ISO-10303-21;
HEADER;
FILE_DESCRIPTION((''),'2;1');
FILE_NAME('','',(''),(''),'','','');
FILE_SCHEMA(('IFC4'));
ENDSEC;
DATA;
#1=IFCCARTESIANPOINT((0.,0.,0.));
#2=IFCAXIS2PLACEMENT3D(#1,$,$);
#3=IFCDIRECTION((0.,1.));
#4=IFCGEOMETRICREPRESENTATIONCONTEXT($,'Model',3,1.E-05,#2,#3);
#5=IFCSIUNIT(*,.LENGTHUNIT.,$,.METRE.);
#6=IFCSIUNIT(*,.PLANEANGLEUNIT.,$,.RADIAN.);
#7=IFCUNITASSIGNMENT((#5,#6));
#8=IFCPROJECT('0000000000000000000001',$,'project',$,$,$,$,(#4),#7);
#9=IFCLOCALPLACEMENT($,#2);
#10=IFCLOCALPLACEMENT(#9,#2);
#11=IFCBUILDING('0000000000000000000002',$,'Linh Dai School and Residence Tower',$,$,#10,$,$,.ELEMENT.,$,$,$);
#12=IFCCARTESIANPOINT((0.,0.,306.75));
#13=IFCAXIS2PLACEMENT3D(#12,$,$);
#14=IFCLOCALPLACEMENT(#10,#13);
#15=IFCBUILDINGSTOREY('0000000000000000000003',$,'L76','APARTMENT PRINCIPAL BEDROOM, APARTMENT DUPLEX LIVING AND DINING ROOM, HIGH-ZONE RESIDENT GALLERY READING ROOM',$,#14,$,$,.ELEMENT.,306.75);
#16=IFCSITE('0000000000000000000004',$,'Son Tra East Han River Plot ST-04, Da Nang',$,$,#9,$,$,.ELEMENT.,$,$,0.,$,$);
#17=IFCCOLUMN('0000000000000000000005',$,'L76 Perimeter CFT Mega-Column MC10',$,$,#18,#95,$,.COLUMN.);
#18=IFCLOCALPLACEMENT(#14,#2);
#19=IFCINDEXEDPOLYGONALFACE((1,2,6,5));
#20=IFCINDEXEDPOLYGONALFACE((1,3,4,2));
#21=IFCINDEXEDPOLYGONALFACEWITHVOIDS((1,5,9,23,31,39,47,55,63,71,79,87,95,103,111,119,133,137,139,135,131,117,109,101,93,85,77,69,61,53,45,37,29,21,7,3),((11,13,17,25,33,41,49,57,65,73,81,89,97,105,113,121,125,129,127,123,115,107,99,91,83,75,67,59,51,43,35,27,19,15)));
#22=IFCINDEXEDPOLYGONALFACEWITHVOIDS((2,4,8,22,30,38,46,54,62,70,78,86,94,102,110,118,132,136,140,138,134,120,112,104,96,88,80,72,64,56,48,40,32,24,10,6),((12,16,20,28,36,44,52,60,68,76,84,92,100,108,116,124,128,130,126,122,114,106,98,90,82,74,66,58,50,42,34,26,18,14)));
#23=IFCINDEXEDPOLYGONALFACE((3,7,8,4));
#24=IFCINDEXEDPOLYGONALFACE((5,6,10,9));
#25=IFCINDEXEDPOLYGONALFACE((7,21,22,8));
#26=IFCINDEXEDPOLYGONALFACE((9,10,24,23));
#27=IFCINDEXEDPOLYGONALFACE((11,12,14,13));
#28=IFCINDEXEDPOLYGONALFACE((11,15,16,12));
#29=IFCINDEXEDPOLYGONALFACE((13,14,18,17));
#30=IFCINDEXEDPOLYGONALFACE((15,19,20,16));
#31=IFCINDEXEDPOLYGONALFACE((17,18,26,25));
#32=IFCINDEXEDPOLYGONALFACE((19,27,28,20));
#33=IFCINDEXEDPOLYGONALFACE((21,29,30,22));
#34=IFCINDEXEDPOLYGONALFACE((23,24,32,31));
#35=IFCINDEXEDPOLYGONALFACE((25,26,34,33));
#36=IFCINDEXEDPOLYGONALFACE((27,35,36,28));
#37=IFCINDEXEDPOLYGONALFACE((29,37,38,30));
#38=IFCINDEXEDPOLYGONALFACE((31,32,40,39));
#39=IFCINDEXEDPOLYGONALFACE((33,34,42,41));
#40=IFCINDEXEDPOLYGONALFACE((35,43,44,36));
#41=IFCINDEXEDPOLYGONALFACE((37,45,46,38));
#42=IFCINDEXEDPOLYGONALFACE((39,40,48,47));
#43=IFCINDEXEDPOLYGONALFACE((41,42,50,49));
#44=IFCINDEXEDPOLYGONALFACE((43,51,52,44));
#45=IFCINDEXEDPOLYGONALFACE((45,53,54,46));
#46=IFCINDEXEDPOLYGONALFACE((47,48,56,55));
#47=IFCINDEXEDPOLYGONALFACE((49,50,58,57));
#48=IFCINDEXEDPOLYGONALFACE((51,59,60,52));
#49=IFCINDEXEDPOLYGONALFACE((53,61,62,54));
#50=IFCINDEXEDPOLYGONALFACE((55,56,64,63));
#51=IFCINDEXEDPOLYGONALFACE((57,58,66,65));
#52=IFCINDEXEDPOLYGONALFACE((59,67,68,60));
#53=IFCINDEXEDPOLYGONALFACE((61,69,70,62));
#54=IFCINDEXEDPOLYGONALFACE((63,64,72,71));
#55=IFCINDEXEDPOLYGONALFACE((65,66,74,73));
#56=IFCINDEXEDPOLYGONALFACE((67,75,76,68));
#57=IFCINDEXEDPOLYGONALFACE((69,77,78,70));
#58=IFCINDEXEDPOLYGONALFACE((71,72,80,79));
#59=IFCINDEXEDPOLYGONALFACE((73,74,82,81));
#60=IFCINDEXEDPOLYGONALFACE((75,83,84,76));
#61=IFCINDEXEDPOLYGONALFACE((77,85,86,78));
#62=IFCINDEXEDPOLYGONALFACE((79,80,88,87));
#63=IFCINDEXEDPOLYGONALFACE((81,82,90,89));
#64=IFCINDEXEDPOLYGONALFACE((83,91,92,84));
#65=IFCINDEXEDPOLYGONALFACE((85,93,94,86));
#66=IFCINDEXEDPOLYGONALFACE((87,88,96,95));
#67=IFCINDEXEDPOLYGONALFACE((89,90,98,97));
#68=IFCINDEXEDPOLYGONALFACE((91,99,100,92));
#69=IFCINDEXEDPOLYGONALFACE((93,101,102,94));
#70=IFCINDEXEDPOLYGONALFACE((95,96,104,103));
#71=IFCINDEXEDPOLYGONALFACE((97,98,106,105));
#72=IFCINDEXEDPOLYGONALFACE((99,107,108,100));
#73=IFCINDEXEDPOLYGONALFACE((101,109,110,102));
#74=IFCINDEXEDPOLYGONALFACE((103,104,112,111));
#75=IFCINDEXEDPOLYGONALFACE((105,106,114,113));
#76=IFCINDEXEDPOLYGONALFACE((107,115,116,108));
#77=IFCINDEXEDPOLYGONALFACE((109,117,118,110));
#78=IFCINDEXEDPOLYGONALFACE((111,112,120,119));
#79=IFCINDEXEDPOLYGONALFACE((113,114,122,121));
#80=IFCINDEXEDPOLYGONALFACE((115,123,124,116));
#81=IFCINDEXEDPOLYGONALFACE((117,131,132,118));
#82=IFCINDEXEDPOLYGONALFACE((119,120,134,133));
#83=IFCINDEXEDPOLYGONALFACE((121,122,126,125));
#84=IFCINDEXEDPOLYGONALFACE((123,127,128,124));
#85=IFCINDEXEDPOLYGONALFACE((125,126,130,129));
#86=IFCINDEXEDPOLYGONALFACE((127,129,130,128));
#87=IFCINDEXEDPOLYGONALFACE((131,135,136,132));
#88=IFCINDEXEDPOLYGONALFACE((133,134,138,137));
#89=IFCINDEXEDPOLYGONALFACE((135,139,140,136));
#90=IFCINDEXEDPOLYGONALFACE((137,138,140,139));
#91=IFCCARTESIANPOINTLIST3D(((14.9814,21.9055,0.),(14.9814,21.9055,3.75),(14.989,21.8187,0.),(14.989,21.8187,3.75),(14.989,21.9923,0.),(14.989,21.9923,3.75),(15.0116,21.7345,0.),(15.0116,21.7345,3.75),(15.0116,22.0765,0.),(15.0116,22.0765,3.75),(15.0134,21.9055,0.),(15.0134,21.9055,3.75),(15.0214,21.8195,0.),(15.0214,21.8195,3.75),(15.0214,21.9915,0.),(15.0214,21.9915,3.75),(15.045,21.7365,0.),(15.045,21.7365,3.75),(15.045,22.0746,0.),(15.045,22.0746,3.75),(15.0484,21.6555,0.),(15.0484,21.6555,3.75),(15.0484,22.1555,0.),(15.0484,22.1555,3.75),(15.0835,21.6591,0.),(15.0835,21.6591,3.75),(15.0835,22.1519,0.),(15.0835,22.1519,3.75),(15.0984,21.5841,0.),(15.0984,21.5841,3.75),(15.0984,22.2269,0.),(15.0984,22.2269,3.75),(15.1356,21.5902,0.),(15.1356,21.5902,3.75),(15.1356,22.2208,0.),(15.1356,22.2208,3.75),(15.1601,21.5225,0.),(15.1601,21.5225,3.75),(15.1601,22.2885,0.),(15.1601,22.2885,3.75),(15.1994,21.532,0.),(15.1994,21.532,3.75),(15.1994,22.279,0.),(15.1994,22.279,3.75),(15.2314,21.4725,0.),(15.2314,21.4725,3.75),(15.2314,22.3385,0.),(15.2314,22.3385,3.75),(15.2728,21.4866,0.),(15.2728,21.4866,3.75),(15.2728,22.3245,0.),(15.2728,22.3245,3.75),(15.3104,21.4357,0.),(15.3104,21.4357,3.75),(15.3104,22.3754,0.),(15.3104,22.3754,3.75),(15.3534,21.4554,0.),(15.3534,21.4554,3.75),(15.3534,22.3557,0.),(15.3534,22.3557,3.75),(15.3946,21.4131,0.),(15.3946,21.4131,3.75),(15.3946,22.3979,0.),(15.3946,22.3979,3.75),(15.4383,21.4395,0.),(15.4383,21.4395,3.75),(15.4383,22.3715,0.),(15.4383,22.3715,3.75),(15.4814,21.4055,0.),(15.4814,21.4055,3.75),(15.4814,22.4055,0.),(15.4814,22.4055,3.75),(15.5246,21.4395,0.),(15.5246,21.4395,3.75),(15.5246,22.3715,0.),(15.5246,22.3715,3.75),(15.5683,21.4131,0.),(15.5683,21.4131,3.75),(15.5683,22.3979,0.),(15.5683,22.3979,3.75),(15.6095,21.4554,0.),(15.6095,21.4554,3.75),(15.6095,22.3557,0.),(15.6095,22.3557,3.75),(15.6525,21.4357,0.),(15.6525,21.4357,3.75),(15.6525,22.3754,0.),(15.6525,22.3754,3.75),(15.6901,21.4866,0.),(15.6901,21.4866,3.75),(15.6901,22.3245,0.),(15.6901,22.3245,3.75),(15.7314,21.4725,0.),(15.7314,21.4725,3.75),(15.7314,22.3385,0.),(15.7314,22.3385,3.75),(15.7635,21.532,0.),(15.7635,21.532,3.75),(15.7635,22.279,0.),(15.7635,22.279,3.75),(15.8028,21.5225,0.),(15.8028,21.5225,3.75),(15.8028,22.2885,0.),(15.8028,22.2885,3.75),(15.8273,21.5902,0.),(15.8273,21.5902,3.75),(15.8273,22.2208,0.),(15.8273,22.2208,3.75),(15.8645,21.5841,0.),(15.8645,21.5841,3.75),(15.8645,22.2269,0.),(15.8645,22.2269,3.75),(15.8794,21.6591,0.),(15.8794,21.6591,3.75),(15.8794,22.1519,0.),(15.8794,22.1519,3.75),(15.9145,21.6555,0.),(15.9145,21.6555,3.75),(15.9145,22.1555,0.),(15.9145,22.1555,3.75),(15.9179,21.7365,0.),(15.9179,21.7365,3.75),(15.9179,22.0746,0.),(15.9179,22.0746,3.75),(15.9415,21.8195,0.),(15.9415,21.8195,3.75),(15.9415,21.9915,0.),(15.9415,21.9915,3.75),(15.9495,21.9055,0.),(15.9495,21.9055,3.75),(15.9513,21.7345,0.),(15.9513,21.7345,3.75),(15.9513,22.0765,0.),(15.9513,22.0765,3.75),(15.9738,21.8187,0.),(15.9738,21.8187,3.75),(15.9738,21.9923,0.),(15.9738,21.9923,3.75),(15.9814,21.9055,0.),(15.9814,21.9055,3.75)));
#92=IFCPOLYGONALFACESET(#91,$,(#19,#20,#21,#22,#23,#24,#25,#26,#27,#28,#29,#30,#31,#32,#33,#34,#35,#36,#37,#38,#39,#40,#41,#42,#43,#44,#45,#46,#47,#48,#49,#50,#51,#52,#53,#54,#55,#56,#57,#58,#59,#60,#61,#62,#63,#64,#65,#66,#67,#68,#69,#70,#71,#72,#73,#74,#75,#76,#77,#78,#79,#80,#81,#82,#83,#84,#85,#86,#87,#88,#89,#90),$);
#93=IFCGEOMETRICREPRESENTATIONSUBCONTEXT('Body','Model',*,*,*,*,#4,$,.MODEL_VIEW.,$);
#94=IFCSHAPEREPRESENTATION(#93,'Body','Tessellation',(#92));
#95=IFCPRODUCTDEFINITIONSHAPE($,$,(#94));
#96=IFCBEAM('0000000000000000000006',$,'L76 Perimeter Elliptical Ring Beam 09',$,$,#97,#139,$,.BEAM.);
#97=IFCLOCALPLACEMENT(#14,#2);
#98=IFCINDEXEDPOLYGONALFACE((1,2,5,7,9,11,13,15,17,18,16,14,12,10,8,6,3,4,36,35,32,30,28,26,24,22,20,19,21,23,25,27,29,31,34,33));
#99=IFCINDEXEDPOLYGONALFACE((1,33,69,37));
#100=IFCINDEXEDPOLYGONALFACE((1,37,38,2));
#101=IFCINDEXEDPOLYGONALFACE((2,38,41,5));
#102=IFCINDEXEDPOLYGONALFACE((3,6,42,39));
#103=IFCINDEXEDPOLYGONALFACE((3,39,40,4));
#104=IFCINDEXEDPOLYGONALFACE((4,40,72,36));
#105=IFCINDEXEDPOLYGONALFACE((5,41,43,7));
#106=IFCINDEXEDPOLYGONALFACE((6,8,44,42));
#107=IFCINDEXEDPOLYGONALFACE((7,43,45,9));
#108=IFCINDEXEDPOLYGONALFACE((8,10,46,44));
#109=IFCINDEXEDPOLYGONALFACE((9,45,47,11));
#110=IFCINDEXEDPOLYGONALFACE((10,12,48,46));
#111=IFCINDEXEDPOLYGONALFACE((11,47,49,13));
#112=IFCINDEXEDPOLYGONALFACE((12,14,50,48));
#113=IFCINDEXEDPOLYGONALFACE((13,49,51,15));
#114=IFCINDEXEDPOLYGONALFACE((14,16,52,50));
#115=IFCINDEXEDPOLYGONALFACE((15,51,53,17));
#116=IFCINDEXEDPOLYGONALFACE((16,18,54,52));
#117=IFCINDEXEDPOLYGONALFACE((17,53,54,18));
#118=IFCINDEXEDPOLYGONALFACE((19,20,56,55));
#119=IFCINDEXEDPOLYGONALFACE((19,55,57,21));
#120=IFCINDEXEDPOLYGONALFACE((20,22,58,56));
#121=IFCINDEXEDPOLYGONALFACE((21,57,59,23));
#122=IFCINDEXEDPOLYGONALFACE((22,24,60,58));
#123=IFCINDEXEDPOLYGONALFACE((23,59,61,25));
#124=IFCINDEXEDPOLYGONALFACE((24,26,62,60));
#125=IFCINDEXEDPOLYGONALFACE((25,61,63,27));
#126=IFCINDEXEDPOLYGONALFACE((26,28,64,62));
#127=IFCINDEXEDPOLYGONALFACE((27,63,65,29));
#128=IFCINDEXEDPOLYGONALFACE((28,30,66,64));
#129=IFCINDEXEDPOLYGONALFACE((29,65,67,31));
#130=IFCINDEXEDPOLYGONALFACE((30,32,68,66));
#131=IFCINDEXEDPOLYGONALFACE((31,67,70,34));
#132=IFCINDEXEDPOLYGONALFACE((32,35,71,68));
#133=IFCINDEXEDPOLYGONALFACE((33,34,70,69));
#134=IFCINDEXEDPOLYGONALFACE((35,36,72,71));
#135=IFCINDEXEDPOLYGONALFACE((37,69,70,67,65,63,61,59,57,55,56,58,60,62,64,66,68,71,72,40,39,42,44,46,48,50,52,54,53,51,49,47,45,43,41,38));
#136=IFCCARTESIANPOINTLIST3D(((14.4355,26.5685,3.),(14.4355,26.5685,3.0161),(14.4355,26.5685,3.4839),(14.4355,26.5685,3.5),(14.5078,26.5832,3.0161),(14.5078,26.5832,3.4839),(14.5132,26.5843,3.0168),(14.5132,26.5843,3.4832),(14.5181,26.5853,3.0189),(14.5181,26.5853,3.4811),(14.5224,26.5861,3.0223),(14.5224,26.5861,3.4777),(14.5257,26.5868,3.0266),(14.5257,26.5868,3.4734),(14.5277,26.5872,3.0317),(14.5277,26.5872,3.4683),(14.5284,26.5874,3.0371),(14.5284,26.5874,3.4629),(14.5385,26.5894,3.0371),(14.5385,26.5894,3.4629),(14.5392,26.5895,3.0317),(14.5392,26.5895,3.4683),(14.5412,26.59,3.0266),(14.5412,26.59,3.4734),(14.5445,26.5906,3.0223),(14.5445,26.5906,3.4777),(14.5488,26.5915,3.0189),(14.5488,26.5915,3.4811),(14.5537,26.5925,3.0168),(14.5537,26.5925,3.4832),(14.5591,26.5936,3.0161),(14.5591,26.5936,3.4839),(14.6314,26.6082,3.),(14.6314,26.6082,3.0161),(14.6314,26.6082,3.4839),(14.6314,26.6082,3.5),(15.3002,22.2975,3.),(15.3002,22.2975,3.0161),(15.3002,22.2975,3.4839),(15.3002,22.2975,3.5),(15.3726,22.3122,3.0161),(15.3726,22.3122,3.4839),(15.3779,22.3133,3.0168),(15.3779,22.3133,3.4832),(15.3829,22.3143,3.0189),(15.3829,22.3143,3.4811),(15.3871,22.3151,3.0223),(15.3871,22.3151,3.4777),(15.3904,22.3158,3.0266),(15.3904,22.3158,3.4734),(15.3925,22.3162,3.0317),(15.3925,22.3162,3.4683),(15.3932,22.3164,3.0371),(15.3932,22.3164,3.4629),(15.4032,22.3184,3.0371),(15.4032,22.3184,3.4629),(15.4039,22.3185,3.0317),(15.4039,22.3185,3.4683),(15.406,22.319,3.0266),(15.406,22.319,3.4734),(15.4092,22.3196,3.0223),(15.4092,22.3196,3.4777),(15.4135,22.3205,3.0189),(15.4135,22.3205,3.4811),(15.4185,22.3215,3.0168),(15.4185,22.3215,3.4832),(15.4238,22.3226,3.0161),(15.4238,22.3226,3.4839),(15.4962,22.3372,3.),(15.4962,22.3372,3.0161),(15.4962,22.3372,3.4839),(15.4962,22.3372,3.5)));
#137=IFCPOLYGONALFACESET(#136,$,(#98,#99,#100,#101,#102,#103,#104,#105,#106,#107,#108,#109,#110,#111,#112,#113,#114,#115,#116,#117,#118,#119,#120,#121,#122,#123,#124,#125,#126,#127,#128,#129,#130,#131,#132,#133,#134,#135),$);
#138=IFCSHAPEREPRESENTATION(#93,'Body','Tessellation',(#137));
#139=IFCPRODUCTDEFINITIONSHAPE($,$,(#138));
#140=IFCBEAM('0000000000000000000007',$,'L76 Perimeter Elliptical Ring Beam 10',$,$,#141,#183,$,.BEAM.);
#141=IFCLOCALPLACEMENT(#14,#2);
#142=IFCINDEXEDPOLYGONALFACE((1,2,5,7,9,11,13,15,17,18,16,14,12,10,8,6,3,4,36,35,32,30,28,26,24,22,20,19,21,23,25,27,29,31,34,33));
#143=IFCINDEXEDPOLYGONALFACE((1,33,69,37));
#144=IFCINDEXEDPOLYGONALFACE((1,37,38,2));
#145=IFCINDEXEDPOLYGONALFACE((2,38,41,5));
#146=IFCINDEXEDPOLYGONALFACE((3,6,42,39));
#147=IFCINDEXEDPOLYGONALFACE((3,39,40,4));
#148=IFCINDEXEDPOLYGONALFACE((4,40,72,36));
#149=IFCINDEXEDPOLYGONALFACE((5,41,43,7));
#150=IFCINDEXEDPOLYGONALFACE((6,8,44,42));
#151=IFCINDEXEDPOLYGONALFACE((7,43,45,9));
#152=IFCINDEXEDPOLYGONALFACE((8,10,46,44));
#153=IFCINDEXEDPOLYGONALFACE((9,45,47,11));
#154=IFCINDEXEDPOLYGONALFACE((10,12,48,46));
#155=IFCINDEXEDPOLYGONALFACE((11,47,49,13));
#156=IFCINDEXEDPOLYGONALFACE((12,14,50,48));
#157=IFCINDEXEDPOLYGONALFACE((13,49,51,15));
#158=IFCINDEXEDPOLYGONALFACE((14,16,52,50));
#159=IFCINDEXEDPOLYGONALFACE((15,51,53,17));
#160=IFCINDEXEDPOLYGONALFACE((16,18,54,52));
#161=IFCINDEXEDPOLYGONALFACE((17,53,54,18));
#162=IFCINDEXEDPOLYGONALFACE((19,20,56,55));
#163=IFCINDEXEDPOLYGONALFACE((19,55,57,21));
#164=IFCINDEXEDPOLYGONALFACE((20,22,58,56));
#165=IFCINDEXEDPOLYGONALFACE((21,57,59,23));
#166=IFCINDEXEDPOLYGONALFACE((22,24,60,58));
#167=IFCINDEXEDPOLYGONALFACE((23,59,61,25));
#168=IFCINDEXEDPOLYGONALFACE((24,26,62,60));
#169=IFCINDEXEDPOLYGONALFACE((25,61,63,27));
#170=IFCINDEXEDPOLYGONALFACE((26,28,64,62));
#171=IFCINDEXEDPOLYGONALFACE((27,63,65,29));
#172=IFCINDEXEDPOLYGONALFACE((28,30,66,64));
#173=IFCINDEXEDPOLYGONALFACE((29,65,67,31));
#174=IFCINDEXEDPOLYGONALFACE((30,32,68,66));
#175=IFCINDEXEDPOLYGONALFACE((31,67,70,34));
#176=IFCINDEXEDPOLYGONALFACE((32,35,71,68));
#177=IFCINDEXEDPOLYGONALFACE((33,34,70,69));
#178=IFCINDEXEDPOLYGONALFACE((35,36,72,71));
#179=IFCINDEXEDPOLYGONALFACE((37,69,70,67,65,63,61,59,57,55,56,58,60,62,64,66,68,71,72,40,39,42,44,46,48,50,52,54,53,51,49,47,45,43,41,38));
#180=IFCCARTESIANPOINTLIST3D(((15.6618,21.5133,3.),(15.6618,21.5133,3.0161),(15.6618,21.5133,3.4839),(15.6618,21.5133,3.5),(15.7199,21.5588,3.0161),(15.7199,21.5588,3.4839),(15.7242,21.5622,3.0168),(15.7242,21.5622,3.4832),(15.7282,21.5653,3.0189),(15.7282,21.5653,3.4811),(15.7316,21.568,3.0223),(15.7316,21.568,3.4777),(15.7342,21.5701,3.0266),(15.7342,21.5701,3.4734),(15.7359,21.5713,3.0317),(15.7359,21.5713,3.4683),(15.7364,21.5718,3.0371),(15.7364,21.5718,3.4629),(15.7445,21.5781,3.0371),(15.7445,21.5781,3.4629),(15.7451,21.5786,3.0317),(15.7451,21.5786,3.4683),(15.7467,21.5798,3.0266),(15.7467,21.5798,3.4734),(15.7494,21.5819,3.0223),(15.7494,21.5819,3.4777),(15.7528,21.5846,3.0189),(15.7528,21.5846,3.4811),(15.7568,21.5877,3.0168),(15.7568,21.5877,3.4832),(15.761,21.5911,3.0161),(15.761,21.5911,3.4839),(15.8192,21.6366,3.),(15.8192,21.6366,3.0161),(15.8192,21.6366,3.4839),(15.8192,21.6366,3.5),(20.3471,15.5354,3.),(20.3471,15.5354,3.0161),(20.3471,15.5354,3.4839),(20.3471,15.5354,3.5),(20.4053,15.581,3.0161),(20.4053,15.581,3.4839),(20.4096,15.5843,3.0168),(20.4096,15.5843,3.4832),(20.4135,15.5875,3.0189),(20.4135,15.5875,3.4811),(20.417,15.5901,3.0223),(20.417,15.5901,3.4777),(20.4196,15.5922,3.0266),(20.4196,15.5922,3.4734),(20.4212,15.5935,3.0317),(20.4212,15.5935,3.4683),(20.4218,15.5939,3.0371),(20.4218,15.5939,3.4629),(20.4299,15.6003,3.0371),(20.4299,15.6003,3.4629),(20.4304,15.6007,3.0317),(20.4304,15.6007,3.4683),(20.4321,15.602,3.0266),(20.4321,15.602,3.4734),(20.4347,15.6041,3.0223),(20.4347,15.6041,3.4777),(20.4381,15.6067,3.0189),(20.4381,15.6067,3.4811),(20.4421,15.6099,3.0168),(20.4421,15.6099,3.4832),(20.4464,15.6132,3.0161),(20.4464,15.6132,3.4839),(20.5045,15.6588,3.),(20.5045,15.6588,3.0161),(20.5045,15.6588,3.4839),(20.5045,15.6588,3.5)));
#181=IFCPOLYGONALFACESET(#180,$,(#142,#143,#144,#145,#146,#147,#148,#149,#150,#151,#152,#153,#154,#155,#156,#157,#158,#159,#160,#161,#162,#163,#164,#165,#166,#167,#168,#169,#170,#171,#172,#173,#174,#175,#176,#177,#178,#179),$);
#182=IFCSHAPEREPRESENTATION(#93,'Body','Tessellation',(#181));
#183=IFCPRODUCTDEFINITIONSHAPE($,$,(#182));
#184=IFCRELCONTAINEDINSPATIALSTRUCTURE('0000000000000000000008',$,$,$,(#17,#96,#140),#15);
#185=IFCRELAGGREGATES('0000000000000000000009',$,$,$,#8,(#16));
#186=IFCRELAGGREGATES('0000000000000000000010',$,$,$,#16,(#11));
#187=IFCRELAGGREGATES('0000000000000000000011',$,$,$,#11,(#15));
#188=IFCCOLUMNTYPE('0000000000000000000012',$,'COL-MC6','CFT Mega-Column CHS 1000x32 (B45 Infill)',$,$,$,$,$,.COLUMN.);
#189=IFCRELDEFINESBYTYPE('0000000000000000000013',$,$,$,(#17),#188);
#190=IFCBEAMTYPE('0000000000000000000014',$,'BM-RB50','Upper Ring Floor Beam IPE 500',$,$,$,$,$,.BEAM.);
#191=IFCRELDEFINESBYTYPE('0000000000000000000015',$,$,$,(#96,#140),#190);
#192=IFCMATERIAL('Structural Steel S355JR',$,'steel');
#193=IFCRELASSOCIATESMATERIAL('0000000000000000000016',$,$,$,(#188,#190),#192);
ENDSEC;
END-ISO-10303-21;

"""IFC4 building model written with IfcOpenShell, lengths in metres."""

from ifc_helpers import new_model, si_unit, direction, frame, origin, origin_2d, place, context, subcontext, project, spatial, hollow_circle, i_section, extrude, material, material_profile, profile_set, type_object, element, save


model = new_model("IFC4")

# Units and contexts
model_context = context("Model", 3, precision=1e-05, world=origin(), true_north=direction((0.0, 1.0)))
body_context = subcontext(model_context, "Body", "Model", "MODEL_VIEW")
ifc_project = project(units=[si_unit("LENGTHUNIT", "METRE"), si_unit("PLANEANGLEUNIT", "RADIAN")], contexts=[model_context])

# Site, building, storey
site_placement = place(None, origin())
site = spatial("IfcSite", under=ifc_project, at=site_placement, Name="Son Tra East Han River Plot ST-04, Da Nang", CompositionType="ELEMENT", RefElevation=0.0)
building_placement = place(site_placement, origin())
building = spatial("IfcBuilding", under=site, at=building_placement, Name="Linh Dai School and Residence Tower", CompositionType="ELEMENT")
storey_placement = place(building_placement, frame((0.0, 0.0, 306.75)))
storey = spatial("IfcBuildingStorey", under=building, at=storey_placement, Name="L76", Description="APARTMENT PRINCIPAL BEDROOM, APARTMENT DUPLEX LIVING AND DINING ROOM, HIGH-ZONE RESIDENT GALLERY READING ROOM", CompositionType="ELEMENT", Elevation=306.75)

# Column
ifc_material_1 = material(Name="Structural Steel S355JR", Category="steel")
ifc_material_profile_1 = material_profile(ifc_material_1, hollow_circle(Radius=0.5, WallThickness=0.032, at=origin_2d()), Name="CHS 1000x32")
ifc_profile_set_1 = profile_set([ifc_material_profile_1], Name="Structural Steel S355JR")
column_type = type_object("IfcColumnType", Name="COL-MC6", Description="CFT Mega-Column CHS 1000x32 (B45 Infill)", PredefinedType="COLUMN", material=ifc_profile_set_1)
column_placement = place(storey_placement, frame((15.4814, 21.9055, 0.0), z_axis=(0.0, 0.0, 1.0), x_axis=(1.0, 0.0, 0.0)))
element("IfcColumn", 1, at=column_placement, inside=storey, type_object=column_type, Name="L76 Perimeter CFT Mega-Column MC10", PredefinedType="COLUMN", context=body_context, shape_type="SweptSolid", body=[
    extrude(hollow_circle(Radius=0.5, WallThickness=0.032, at=origin_2d()), origin(), (0.0, 0.0, 1.0), 3.75),
])

# Beams
ifc_material_profile_2 = material_profile(ifc_material_1, i_section(OverallWidth=0.2, OverallDepth=0.5, WebThickness=0.0103, FlangeThickness=0.0161, FilletRadius=0.021, at=origin_2d()), Name="IPE 500")
ifc_profile_set_2 = profile_set([ifc_material_profile_2], Name="Structural Steel S355JR")
beam_type = type_object("IfcBeamType", Name="BM-RB50", Description="Upper Ring Floor Beam IPE 500", PredefinedType="BEAM", material=ifc_profile_set_2)
beam_1_placement = place(storey_placement, frame((14.5334, 26.5884, 3.25), z_axis=(0.198443, -0.980112, 0.0), x_axis=(0.980112, 0.198443, 0.0)))
element("IfcBeam", 2, at=beam_1_placement, inside=storey, type_object=beam_type, Name="L76 Perimeter Elliptical Ring Beam 09", PredefinedType="BEAM", context=body_context, shape_type="SweptSolid", body=[
    extrude(i_section(OverallWidth=0.2, OverallDepth=0.5, WebThickness=0.0103, FlangeThickness=0.0161, FilletRadius=0.021, at=origin_2d()), origin(), (0.0, 0.0, 1.0), 4.3577),
])
beam_2_placement = place(storey_placement, frame((15.7405, 21.575, 3.25), z_axis=(0.616883, -0.787055, 0.0), x_axis=(0.787055, 0.616883, 0.0)))
element("IfcBeam", 3, at=beam_2_placement, inside=storey, type_object=beam_type, Name="L76 Perimeter Elliptical Ring Beam 10", PredefinedType="BEAM", context=body_context, shape_type="SweptSolid", body=[
    extrude(i_section(OverallWidth=0.2, OverallDepth=0.5, WebThickness=0.0103, FlangeThickness=0.0161, FilletRadius=0.021, at=origin_2d()), origin(), (0.0, 0.0, 1.0), 7.5952),
])

save(model, "model.ifc")
